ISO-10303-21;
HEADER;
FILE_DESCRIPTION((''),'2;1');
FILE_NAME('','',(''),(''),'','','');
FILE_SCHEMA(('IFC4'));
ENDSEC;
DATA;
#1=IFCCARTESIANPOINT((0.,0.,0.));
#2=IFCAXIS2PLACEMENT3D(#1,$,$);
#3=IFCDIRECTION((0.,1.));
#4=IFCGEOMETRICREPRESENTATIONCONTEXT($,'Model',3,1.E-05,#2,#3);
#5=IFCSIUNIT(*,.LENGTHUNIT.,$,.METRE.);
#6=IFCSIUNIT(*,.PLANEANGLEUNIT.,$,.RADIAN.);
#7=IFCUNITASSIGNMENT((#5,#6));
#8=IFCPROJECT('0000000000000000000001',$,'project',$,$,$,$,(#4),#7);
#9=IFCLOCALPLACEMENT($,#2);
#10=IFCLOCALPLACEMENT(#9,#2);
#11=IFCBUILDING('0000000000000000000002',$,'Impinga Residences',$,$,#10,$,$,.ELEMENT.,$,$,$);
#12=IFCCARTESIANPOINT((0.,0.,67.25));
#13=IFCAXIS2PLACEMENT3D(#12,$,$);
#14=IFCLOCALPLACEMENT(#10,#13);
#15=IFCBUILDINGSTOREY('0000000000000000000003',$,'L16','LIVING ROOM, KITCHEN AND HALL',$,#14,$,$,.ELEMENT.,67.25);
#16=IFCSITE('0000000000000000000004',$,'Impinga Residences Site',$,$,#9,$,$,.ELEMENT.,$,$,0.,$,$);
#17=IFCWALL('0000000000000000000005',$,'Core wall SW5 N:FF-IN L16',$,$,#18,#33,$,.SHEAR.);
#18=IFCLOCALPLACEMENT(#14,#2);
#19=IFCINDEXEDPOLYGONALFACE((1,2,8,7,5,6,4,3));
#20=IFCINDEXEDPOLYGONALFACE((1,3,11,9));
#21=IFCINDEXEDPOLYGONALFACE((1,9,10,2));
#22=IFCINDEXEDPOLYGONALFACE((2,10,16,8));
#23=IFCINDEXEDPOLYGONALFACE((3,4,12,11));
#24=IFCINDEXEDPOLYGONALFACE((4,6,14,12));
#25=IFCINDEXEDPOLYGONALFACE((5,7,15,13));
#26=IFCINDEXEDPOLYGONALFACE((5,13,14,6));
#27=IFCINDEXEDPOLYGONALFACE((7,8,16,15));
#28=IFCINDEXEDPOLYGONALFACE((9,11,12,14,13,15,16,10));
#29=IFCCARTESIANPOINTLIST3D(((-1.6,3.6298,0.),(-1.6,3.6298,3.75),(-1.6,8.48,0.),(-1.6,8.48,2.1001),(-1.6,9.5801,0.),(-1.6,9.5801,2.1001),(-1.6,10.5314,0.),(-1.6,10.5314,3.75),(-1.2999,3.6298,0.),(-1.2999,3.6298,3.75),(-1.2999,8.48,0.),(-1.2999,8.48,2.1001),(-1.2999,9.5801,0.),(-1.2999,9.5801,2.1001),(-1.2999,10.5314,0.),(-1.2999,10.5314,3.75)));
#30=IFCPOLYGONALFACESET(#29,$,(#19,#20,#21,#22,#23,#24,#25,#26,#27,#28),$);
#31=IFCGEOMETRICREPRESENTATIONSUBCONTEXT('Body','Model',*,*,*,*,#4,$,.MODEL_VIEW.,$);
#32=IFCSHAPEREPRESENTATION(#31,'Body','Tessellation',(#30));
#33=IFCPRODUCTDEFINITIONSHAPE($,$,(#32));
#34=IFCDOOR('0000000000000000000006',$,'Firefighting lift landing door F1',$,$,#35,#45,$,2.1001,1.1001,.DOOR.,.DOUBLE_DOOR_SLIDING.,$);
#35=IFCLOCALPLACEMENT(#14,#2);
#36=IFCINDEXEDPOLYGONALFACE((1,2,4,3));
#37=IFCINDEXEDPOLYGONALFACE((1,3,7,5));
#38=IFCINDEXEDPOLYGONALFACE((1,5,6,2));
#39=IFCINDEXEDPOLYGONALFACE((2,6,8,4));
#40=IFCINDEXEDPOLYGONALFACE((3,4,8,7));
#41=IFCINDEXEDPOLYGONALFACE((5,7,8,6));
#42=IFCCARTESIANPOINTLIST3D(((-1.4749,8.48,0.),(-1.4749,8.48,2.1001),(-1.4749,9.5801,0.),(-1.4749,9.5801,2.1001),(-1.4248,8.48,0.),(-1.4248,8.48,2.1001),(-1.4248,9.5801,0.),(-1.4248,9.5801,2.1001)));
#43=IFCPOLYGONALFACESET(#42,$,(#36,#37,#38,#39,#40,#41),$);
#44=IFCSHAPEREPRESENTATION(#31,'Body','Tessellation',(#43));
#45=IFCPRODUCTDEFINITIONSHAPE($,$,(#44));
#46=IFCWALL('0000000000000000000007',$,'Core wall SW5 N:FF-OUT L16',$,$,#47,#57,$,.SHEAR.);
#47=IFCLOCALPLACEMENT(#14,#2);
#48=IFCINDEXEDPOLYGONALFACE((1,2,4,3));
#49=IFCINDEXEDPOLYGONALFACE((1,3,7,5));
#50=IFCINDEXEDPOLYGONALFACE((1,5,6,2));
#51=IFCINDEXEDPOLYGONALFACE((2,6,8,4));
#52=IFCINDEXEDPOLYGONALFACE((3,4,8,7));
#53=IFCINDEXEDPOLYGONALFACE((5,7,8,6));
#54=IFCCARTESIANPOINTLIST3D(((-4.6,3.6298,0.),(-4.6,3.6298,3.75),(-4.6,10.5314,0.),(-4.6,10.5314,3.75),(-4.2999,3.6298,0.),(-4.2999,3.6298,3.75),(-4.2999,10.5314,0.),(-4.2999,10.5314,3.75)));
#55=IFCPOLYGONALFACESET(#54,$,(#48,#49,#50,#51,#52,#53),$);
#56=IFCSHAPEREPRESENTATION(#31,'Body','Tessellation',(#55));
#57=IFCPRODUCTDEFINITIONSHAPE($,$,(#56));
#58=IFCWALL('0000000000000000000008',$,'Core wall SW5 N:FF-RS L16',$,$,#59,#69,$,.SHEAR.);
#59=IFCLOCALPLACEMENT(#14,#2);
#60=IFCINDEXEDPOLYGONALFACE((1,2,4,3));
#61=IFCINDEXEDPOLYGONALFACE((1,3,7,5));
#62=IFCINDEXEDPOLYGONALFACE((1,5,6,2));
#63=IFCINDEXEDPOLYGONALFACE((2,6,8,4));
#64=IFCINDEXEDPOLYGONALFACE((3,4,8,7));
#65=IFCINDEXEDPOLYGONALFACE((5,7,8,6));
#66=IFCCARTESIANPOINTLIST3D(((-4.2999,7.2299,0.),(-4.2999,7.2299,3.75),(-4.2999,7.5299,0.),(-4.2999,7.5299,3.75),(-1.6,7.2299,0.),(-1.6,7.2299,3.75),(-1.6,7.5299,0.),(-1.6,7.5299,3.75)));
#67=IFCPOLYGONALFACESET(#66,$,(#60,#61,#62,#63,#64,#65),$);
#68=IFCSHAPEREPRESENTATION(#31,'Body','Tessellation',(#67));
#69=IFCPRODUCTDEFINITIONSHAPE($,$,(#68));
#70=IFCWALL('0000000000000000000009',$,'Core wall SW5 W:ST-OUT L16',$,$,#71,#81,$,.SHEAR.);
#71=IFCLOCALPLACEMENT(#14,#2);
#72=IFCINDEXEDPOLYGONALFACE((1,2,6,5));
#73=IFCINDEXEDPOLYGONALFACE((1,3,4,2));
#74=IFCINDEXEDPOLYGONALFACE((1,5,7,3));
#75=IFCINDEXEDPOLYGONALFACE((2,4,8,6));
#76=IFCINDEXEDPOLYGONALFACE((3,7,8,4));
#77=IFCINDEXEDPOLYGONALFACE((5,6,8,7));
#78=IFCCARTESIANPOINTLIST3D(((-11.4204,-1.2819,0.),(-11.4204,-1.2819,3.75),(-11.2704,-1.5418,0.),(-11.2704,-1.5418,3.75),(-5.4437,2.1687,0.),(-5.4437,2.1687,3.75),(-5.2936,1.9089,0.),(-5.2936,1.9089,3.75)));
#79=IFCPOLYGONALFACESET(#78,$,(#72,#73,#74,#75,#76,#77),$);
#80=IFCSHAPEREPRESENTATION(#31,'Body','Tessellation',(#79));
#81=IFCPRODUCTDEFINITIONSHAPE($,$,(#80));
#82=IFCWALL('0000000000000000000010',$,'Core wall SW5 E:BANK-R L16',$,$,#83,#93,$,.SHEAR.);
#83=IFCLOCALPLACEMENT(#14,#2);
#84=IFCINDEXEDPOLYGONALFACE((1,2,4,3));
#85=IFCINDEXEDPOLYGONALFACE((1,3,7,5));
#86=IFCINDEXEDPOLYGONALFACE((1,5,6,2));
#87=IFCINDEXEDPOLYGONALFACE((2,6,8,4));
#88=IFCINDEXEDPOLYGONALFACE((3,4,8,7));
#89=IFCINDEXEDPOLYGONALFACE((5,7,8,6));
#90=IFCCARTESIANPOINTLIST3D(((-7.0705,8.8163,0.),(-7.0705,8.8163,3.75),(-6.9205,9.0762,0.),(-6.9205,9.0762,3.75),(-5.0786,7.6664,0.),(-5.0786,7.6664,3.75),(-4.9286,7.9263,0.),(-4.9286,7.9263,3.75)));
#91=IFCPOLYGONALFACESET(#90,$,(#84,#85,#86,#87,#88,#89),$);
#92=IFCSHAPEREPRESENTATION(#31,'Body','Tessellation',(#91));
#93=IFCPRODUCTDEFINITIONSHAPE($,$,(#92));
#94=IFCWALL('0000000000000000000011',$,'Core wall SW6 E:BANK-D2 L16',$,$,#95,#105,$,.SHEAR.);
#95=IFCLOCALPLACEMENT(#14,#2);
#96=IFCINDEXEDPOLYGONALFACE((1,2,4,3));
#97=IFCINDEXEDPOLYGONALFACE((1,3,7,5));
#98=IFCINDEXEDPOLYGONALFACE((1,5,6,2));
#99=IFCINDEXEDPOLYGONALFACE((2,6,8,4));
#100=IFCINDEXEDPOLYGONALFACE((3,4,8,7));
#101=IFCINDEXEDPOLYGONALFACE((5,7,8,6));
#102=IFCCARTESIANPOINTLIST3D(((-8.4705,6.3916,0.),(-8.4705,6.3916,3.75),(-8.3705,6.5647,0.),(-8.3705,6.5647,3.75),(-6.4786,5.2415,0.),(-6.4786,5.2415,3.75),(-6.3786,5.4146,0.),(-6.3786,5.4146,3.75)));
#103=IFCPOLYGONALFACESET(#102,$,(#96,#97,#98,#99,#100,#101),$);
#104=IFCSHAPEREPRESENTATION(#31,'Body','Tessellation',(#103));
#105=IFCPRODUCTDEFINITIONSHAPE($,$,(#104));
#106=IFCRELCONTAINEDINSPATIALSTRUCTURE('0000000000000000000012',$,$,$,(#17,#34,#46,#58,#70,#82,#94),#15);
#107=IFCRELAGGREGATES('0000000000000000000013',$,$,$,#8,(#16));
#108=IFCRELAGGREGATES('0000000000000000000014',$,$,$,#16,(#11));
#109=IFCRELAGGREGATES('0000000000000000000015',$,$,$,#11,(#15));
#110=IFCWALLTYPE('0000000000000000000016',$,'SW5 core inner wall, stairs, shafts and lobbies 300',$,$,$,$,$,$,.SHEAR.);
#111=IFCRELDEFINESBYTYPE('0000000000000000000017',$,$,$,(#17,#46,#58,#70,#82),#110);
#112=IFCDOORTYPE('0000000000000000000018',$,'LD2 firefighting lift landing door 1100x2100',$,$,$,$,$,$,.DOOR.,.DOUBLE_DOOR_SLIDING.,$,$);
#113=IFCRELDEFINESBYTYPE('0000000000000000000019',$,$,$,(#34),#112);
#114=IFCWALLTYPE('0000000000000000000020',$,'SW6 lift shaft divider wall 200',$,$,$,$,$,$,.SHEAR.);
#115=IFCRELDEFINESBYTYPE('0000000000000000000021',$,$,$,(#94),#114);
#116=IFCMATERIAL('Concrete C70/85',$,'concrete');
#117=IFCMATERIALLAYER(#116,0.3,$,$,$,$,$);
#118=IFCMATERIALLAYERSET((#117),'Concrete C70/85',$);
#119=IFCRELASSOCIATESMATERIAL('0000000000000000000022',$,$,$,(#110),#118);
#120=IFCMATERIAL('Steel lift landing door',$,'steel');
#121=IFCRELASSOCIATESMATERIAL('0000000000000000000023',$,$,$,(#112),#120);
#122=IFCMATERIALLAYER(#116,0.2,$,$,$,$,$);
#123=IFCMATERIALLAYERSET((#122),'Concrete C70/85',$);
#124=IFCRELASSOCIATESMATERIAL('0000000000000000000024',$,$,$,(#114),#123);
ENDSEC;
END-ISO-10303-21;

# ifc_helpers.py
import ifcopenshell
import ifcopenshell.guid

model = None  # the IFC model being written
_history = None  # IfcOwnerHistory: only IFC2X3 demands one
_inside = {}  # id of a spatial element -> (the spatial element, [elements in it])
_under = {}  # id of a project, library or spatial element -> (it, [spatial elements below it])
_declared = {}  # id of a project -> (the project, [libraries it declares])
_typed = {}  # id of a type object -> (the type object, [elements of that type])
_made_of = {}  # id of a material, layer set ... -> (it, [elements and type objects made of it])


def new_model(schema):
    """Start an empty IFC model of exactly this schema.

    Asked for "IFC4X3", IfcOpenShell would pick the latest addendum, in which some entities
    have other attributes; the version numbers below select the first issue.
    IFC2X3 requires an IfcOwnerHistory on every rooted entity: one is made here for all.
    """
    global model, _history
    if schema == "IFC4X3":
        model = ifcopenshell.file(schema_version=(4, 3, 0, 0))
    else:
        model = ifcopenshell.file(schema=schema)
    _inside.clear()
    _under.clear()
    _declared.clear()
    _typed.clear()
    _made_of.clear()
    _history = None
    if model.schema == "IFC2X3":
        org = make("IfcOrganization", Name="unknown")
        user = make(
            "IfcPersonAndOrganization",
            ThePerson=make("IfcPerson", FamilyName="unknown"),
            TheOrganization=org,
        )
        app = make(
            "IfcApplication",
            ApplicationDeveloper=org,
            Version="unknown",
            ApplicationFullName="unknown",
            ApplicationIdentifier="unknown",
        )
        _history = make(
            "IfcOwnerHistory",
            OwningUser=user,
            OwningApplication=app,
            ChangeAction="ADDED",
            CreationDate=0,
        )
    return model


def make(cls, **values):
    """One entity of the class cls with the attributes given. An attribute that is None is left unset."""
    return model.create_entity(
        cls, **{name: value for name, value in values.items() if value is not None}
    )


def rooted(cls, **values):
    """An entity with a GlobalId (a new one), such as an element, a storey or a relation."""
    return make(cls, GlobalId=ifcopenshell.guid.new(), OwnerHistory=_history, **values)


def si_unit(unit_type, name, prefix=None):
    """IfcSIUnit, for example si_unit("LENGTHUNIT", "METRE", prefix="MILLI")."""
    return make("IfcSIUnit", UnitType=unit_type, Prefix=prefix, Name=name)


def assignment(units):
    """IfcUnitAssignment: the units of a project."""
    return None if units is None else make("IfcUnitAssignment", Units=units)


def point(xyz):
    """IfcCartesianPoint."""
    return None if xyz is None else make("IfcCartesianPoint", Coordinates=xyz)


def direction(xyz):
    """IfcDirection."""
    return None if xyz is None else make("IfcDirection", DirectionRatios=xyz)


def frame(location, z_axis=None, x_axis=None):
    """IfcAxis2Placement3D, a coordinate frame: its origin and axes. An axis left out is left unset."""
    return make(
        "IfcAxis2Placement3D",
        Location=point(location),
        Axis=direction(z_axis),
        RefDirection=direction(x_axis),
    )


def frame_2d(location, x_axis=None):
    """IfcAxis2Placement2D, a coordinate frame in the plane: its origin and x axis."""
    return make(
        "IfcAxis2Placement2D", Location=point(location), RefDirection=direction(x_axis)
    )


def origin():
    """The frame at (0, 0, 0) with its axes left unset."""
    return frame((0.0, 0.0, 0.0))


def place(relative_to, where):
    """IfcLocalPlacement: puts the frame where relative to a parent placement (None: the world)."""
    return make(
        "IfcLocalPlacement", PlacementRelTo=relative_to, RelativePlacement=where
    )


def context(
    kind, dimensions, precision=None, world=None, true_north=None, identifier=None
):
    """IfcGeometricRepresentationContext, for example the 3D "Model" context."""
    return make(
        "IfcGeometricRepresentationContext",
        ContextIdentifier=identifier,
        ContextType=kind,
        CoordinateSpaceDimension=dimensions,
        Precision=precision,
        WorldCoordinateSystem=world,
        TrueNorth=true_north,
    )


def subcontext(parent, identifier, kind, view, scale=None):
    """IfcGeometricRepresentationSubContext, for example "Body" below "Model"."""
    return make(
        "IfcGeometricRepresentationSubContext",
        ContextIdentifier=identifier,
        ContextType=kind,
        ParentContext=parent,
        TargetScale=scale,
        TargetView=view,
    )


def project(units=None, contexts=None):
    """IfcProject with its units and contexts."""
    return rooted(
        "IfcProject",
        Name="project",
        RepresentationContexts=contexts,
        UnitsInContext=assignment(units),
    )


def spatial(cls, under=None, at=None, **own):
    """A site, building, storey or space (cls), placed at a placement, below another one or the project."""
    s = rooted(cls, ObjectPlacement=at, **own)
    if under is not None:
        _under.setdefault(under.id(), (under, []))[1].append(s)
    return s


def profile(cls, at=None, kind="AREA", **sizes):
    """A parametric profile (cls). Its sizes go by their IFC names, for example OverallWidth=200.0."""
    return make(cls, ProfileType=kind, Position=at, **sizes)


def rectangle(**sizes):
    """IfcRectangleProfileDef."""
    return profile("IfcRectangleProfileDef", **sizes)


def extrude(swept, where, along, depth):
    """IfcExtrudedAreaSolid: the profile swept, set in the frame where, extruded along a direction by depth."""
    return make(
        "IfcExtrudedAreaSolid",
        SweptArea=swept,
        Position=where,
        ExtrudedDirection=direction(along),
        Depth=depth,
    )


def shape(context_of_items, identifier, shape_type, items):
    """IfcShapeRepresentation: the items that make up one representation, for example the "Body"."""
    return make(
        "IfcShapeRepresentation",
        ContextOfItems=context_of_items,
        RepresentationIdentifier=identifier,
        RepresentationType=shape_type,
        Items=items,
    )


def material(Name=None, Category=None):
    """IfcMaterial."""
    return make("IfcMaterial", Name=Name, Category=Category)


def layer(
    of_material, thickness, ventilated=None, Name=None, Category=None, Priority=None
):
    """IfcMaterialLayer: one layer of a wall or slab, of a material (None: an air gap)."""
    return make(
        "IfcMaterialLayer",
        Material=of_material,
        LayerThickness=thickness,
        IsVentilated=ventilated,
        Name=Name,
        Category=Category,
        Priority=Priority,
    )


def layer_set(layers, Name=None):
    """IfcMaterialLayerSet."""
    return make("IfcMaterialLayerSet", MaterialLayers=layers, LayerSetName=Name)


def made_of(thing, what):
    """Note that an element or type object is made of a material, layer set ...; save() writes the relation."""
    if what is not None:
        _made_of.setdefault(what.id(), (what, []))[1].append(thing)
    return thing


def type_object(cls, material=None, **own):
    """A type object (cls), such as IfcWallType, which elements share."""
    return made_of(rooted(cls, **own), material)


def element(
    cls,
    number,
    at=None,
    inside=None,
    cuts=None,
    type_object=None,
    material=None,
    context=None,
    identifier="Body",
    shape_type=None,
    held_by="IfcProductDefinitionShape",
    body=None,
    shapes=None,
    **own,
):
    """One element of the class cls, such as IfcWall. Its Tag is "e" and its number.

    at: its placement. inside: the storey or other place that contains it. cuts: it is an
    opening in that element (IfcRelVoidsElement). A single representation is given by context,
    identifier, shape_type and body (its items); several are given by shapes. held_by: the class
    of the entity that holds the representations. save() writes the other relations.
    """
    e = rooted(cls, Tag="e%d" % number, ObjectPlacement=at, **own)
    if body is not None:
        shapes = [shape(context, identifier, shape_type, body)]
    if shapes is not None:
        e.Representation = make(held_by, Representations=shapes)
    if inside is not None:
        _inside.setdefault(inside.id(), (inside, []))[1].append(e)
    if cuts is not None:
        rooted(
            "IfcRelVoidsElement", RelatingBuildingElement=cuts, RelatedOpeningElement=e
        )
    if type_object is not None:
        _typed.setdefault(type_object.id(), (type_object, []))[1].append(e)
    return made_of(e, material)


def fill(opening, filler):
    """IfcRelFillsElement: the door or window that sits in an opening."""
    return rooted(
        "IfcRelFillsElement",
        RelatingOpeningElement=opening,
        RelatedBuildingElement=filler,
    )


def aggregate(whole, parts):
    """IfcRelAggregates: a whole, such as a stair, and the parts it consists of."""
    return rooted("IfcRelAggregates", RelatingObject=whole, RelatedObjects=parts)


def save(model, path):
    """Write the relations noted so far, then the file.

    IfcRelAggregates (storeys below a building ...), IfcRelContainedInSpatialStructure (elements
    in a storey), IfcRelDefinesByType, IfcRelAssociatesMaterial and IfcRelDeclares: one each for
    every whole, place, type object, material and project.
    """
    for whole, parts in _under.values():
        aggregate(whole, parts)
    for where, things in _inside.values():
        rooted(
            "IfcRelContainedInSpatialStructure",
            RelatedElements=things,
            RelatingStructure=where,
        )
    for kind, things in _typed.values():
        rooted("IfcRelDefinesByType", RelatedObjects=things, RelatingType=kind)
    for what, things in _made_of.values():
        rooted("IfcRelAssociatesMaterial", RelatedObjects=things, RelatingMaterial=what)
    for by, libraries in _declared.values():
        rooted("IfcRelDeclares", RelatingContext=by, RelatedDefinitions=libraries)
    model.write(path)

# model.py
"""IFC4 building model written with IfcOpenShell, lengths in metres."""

from ifc_helpers import new_model, si_unit, direction, frame, frame_2d, origin, place, context, subcontext, project, spatial, rectangle, extrude, material, layer, layer_set, type_object, element, fill, save


model = new_model("IFC4")

# Units and contexts
model_context = context("Model", 3, precision=1e-05, world=origin(), true_north=direction((0.0, 1.0)))
body_context = subcontext(model_context, "Body", "Model", "MODEL_VIEW")
ifc_project = project(units=[si_unit("LENGTHUNIT", "METRE"), si_unit("PLANEANGLEUNIT", "RADIAN")], contexts=[model_context])

# Site, building, storey
site_placement = place(None, origin())
site = spatial("IfcSite", under=ifc_project, at=site_placement, Name="Impinga Residences Site", CompositionType="ELEMENT", RefElevation=0.0)
building_placement = place(site_placement, origin())
building = spatial("IfcBuilding", under=site, at=building_placement, Name="Impinga Residences", CompositionType="ELEMENT")
storey_placement = place(building_placement, frame((0.0, 0.0, 67.25)))
storey = spatial("IfcBuildingStorey", under=building, at=storey_placement, Name="L16", Description="LIVING ROOM, KITCHEN AND HALL", CompositionType="ELEMENT", Elevation=67.25)

# Shared definitions
ifc_material_1 = material(Name="Concrete C70/85", Category="concrete")

# Shared definitions
ifc_layer_1 = layer(ifc_material_1, 0.3)
ifc_layer_set_1 = layer_set([ifc_layer_1], Name="Concrete C70/85")
wall_type_1 = type_object("IfcWallType", Name="SW5 core inner wall, stairs, shafts and lobbies 300", PredefinedType="SHEAR", material=ifc_layer_set_1)

# Wall, opening, door
wall_1_placement = place(storey_placement, frame((-1.45, 3.6299, 0.0), z_axis=(0.0, 0.0, 1.0), x_axis=(0.0, 1.0, 0.0)))
wall_1 = element("IfcWall", 1, at=wall_1_placement, inside=storey, type_object=wall_type_1, Name="Core wall SW5 N:FF-IN L16", PredefinedType="SHEAR", context=body_context, shape_type="SweptSolid", body=[
    extrude(rectangle(XDim=6.9016, YDim=0.3, at=frame_2d((3.4507, 0.0))), origin(), (0.0, 0.0, 1.0), 3.75),
])
opening_1_placement = place(wall_1_placement, frame((4.8501, 0.0, 0.0)))
opening_1 = element("IfcOpeningElement", 2, at=opening_1_placement, cuts=wall_1, PredefinedType="OPENING", context=body_context, shape_type="SweptSolid", body=[
    extrude(rectangle(XDim=1.1001, YDim=2.1001, at=frame_2d((0.55, 1.05))), frame((0.0, 0.1599, 0.0), z_axis=(0.0, -1.0, 0.0), x_axis=(1.0, 0.0, 0.0)), (0.0, 0.0, 1.0), 0.3201),
])
ifc_material_2 = material(Name="Steel lift landing door", Category="steel")
door_type_1 = type_object("IfcDoorType", Name="LD2 firefighting lift landing door 1100x2100", OperationType="DOUBLE_DOOR_SLIDING", PredefinedType="DOOR", material=ifc_material_2)
door_1_placement = place(opening_1_placement, origin())
door_1 = element("IfcDoor", 3, at=door_1_placement, inside=storey, type_object=door_type_1, Name="Firefighting lift landing door F1", OperationType="DOUBLE_DOOR_SLIDING", OverallHeight=2.1001, OverallWidth=1.1001, PredefinedType="DOOR", context=body_context, shape_type="SweptSolid", body=[
    extrude(rectangle(XDim=1.1001, YDim=2.1001, at=frame_2d((0.55, 1.05))), frame((0.0, 0.0249, 0.0), z_axis=(0.0, -1.0, 0.0), x_axis=(1.0, 0.0, 0.0)), (0.0, 0.0, 1.0), 0.05),
])
fill(opening_1, door_1)

# Walls
wall_2_placement = place(storey_placement, frame((-4.45, 3.6299, 0.0), z_axis=(0.0, 0.0, 1.0), x_axis=(0.0, 1.0, 0.0)))
element("IfcWall", 4, at=wall_2_placement, inside=storey, type_object=wall_type_1, Name="Core wall SW5 N:FF-OUT L16", PredefinedType="SHEAR", context=body_context, shape_type="SweptSolid", body=[
    extrude(rectangle(XDim=6.9016, YDim=0.3, at=frame_2d((3.4507, 0.0))), origin(), (0.0, 0.0, 1.0), 3.75),
])
wall_3_placement = place(storey_placement, frame((-4.3, 7.3799, 0.0), z_axis=(0.0, 0.0, 1.0), x_axis=(1.0, 0.0, 0.0)))
element("IfcWall", 5, at=wall_3_placement, inside=storey, type_object=wall_type_1, Name="Core wall SW5 N:FF-RS L16", PredefinedType="SHEAR", context=body_context, shape_type="SweptSolid", body=[
    extrude(rectangle(XDim=2.7, YDim=0.3, at=frame_2d((1.3501, 0.0))), origin(), (0.0, 0.0, 1.0), 3.75),
])
wall_4_placement = place(storey_placement, frame((-5.3687, 2.0388, 0.0), z_axis=(0.0, 0.0, 1.0), x_axis=(-0.866027, -0.499997, 0.0)))
element("IfcWall", 6, at=wall_4_placement, inside=storey, type_object=wall_type_1, Name="Core wall SW5 W:ST-OUT L16", PredefinedType="SHEAR", context=body_context, shape_type="SweptSolid", body=[
    extrude(rectangle(XDim=6.9014, YDim=0.3, at=frame_2d((3.4507, 0.0))), origin(), (0.0, 0.0, 1.0), 3.75),
])
wall_5_placement = place(storey_placement, frame((-5.0037, 7.7964, 0.0), z_axis=(0.0, 0.0, 1.0), x_axis=(-0.866053, 0.499952, 0.0)))
element("IfcWall", 7, at=wall_5_placement, inside=storey, type_object=wall_type_1, Name="Core wall SW5 E:BANK-R L16", PredefinedType="SHEAR", context=body_context, shape_type="SweptSolid", body=[
    extrude(rectangle(XDim=2.3, YDim=0.3, at=frame_2d((1.1499, 0.0))), origin(), (0.0, 0.0, 1.0), 3.75),
])
ifc_layer_2 = layer(ifc_material_1, 0.2)
ifc_layer_set_2 = layer_set([ifc_layer_2], Name="Concrete C70/85")
wall_type_2 = type_object("IfcWallType", Name="SW6 lift shaft divider wall 200", PredefinedType="SHEAR", material=ifc_layer_set_2)
wall_6_placement = place(storey_placement, frame((-6.4287, 5.3281, 0.0), z_axis=(0.0, 0.0, 1.0), x_axis=(-0.866007, 0.500032, 0.0)))
element("IfcWall", 8, at=wall_6_placement, inside=storey, type_object=wall_type_2, Name="Core wall SW6 E:BANK-D2 L16", PredefinedType="SHEAR", context=body_context, shape_type="SweptSolid", body=[
    extrude(rectangle(XDim=2.3, YDim=0.2, at=frame_2d((1.1499, 0.0))), origin(), (0.0, 0.0, 1.0), 3.75),
])

save(model, "model.ifc")
